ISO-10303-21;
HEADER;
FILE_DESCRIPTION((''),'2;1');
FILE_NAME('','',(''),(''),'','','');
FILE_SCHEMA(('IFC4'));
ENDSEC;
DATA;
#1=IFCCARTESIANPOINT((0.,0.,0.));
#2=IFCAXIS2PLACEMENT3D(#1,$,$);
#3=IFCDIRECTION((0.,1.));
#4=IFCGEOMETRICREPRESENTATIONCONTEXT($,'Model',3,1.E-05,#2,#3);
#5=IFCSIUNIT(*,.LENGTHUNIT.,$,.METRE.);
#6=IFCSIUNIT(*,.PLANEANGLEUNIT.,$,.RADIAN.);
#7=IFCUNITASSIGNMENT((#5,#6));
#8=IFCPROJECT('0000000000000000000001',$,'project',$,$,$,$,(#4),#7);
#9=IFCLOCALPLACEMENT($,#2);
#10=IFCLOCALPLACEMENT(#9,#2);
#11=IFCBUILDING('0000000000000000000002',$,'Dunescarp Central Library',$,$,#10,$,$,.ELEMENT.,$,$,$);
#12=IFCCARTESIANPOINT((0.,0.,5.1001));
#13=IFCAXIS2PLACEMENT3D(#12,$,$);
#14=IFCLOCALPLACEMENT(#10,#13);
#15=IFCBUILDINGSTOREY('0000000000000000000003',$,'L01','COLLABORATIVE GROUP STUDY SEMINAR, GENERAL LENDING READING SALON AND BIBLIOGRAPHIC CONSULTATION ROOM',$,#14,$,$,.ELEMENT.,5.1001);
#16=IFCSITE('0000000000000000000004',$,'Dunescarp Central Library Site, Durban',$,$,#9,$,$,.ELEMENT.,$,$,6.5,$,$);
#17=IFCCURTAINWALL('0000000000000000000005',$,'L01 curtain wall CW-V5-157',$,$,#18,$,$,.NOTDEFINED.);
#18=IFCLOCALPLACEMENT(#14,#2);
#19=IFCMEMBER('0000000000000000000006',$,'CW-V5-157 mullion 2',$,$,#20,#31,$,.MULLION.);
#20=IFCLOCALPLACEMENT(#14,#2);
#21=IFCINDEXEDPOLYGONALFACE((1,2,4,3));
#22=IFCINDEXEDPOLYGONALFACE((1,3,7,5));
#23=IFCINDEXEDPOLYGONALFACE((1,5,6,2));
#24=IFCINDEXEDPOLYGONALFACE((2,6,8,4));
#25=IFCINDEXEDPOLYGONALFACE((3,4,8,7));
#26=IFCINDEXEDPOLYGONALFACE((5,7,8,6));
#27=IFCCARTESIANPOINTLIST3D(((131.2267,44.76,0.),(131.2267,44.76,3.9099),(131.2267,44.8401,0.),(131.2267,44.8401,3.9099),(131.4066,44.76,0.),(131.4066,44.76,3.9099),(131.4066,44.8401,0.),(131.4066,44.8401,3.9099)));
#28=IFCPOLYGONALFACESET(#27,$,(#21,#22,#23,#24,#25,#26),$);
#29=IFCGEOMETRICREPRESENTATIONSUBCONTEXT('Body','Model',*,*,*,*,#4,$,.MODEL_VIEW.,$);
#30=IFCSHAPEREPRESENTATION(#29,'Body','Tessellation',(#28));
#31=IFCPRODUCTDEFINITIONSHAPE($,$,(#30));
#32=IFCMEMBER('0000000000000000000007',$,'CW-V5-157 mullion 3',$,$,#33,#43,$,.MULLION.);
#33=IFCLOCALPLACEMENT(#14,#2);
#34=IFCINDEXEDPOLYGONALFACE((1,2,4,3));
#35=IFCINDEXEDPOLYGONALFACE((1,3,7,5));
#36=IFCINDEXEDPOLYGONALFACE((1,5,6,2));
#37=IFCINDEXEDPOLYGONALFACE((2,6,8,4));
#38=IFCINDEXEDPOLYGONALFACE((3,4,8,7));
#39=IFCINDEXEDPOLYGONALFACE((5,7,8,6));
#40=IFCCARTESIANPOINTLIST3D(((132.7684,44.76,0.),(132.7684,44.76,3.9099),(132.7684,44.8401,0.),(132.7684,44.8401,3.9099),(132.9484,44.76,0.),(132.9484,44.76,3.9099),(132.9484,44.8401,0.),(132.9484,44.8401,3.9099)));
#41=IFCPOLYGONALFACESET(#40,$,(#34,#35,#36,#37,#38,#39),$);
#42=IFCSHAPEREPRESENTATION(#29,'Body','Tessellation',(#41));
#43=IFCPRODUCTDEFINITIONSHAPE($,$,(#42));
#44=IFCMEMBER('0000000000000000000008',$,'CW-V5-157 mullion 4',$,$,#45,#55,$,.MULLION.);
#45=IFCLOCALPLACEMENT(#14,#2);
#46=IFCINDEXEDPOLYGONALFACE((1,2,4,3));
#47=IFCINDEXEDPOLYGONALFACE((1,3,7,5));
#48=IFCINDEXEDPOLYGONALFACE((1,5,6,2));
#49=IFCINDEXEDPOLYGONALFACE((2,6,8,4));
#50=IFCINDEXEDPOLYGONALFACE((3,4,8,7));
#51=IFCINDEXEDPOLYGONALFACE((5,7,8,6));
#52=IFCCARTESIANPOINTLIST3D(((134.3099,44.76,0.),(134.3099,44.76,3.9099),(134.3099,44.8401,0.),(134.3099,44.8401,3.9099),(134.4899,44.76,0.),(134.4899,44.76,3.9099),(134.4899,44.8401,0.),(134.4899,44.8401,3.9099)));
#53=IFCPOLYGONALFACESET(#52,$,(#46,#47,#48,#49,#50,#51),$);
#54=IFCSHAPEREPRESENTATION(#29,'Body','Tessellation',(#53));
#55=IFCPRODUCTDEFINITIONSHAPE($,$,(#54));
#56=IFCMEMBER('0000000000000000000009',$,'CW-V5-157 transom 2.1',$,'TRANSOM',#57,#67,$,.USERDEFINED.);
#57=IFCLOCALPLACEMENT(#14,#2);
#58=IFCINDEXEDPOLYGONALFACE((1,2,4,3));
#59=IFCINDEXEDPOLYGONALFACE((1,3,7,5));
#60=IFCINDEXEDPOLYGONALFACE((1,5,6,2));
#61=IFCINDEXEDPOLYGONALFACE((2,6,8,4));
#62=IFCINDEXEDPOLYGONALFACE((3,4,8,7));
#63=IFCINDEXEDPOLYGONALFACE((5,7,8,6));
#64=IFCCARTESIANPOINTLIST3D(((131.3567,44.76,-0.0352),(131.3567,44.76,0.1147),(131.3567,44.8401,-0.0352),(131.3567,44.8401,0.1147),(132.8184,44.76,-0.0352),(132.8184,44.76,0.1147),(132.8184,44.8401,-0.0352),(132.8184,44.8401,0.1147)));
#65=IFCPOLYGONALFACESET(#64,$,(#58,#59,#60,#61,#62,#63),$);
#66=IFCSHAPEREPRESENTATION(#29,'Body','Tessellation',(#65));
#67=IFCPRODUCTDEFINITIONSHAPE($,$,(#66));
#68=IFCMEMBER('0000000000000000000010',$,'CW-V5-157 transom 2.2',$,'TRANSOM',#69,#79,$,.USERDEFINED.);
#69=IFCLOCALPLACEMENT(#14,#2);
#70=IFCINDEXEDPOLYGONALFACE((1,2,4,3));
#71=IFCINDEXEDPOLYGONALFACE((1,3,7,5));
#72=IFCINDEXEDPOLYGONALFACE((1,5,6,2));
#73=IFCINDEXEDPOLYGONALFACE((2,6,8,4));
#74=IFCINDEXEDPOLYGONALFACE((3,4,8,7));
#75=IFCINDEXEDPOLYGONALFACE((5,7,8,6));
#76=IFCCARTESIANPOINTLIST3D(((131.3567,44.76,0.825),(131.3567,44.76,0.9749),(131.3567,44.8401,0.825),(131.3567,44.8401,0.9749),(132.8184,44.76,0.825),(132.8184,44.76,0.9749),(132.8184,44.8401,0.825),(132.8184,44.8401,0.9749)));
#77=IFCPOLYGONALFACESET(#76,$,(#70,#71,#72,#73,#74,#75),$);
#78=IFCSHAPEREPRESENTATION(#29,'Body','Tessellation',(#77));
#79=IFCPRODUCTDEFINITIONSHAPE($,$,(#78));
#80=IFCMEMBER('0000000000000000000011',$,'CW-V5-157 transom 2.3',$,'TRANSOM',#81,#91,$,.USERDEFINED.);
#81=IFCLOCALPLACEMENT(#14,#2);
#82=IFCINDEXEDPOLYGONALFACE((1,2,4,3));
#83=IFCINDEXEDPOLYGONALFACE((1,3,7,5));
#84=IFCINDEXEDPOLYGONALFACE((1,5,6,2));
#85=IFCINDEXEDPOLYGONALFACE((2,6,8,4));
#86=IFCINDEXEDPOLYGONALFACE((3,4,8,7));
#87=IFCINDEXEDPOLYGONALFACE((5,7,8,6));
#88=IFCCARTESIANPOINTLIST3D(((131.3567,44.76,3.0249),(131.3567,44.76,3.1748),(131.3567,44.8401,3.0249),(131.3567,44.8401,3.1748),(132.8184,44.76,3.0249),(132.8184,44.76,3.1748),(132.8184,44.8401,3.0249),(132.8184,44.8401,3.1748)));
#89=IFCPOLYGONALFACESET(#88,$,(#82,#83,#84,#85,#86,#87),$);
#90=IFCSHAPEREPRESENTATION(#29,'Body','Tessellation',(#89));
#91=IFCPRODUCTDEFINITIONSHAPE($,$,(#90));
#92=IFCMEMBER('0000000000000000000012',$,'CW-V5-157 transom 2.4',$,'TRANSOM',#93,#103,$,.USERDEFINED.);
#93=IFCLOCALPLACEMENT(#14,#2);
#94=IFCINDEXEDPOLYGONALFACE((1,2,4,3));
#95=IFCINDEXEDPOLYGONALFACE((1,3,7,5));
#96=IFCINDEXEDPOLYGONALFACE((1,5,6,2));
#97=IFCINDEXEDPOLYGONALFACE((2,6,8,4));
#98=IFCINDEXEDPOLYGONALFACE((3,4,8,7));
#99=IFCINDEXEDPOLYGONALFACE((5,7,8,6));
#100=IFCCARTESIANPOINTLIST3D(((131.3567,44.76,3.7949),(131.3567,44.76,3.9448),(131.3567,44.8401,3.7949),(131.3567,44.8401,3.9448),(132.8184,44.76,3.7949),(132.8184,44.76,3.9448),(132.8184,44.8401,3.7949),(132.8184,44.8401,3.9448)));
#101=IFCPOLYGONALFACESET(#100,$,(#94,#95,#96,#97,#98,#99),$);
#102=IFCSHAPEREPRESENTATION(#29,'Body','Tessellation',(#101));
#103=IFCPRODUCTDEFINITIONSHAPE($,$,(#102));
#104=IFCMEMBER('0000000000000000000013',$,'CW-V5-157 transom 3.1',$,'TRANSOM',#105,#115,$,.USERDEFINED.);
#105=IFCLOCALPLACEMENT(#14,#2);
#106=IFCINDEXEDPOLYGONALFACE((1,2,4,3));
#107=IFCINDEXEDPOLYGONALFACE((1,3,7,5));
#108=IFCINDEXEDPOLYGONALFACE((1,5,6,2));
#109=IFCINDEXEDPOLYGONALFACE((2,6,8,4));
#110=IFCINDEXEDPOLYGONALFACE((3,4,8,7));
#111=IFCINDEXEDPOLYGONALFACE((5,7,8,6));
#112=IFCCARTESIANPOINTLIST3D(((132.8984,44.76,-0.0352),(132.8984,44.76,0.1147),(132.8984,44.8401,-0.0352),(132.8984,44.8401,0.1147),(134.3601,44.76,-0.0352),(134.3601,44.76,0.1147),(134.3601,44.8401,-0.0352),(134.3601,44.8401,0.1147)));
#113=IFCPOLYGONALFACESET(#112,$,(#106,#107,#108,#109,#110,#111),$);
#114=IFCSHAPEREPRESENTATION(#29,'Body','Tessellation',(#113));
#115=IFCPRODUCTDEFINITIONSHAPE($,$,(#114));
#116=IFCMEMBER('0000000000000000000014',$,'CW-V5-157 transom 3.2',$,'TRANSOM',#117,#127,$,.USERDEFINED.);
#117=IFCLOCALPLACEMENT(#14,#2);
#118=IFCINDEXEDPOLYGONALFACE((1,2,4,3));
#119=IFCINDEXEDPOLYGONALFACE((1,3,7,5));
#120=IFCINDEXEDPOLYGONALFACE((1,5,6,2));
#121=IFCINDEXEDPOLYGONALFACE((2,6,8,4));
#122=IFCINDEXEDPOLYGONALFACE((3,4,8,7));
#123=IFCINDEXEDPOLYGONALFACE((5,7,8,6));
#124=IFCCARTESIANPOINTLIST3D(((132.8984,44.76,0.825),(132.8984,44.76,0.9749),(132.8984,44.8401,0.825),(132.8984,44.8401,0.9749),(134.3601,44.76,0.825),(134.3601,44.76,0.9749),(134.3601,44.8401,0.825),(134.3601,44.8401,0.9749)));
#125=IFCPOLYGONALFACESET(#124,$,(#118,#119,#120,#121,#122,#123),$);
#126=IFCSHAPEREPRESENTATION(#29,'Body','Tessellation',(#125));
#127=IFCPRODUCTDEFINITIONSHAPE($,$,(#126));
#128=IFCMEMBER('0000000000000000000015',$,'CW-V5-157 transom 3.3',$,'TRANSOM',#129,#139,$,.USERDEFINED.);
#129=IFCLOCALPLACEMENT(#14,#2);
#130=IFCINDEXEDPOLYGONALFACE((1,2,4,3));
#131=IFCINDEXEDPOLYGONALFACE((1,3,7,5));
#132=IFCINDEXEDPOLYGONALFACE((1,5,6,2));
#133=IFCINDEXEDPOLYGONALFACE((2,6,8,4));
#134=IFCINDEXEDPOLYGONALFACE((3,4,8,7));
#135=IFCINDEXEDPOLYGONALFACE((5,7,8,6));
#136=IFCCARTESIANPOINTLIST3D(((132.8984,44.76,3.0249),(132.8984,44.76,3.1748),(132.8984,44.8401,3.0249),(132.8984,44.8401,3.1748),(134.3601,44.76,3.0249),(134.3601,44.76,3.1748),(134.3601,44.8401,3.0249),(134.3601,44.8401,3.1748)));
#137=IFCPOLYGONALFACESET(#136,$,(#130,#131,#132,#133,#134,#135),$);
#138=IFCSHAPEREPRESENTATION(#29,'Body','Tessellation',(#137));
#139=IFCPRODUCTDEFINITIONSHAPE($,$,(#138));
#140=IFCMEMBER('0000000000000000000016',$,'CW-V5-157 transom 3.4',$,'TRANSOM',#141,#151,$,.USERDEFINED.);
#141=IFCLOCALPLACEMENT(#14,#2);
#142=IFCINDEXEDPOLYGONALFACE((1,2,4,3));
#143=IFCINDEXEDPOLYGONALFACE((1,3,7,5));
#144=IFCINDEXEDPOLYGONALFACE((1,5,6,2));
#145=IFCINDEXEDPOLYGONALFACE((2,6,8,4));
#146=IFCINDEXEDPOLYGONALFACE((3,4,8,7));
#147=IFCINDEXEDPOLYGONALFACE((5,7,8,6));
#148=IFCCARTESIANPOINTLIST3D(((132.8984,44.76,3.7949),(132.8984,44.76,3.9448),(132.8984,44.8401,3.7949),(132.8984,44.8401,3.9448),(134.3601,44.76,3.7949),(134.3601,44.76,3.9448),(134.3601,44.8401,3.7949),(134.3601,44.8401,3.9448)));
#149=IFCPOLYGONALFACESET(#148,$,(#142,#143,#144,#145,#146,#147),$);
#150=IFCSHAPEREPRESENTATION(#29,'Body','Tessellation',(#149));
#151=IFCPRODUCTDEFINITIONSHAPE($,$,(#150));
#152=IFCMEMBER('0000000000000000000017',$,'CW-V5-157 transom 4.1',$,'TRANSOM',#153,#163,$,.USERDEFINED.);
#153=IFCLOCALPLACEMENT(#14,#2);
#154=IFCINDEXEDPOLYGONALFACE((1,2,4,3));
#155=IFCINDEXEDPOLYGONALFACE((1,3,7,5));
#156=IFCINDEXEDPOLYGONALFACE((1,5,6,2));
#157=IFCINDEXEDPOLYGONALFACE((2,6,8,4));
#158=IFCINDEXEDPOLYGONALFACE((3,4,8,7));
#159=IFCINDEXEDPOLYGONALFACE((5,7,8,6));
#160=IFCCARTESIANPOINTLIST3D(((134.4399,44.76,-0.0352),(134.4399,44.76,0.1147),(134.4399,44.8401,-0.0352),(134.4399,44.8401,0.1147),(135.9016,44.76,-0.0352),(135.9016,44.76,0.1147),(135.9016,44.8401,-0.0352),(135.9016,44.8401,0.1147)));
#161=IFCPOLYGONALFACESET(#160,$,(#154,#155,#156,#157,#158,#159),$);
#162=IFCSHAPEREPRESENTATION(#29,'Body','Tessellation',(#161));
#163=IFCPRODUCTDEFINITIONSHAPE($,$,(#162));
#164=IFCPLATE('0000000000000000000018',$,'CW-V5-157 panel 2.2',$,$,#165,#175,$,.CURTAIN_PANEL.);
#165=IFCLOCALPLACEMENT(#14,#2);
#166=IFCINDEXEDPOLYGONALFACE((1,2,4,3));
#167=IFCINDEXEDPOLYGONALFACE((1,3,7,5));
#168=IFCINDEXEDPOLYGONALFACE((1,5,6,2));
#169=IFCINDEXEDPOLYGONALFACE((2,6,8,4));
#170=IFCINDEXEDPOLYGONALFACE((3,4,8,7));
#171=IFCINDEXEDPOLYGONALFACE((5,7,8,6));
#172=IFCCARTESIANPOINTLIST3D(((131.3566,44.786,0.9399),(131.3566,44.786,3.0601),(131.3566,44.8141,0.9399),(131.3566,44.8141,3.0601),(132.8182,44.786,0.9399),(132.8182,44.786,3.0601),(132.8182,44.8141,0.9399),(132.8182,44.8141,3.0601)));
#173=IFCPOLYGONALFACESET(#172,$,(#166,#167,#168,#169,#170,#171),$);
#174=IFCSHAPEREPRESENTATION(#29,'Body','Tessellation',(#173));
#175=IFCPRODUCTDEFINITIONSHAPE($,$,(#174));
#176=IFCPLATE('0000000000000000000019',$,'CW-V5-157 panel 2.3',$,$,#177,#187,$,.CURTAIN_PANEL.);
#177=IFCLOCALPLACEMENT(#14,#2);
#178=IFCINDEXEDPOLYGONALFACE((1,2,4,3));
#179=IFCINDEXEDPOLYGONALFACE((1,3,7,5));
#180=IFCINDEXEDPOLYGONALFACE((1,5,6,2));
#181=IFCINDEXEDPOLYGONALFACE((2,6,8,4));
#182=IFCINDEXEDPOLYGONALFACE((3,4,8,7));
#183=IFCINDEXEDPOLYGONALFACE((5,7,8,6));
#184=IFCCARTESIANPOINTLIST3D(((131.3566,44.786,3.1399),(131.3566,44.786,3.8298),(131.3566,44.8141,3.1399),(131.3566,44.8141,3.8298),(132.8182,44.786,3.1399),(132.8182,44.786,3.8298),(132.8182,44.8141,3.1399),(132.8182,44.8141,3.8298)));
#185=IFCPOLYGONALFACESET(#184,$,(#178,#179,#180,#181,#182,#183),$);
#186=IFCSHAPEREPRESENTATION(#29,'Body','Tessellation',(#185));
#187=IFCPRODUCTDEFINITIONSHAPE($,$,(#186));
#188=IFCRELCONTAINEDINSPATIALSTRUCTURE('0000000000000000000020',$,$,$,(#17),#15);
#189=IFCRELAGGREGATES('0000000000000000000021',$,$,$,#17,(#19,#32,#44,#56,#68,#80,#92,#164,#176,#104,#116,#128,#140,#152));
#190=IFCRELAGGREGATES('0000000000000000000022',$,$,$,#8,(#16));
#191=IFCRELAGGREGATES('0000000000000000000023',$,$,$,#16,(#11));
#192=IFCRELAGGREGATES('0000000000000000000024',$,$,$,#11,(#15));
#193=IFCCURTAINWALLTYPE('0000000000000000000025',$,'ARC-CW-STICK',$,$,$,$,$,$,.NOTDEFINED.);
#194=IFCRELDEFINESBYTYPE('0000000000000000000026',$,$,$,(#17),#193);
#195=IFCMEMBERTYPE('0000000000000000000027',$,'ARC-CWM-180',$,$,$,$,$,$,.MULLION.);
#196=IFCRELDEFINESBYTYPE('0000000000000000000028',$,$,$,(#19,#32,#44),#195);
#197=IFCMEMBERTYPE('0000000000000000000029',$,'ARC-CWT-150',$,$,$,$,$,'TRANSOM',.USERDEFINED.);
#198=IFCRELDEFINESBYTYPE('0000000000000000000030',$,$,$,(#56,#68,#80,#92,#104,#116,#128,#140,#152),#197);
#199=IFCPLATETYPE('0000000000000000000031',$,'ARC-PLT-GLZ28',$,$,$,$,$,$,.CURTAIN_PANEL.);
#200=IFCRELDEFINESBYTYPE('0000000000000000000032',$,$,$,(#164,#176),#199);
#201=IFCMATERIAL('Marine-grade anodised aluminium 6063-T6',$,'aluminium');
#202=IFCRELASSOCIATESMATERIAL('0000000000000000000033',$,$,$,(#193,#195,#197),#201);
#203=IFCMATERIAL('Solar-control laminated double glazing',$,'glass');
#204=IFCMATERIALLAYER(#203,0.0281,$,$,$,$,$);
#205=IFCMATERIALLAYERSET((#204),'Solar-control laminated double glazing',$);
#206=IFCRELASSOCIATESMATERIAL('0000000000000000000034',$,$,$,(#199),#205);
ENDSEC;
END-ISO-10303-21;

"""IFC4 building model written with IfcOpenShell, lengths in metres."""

from ifc_helpers import new_model, si_unit, direction, frame, origin, origin_2d, place, context, subcontext, project, spatial, rectangle, extrude, material, layer, layer_set, material_profile, profile_set, type_object, element, aggregate, save


model = new_model("IFC4")

# Units and contexts
model_context = context("Model", 3, precision=1e-05, world=origin(), true_north=direction((0.0, 1.0)))
body_context = subcontext(model_context, "Body", "Model", "MODEL_VIEW")
ifc_project = project(units=[si_unit("LENGTHUNIT", "METRE"), si_unit("PLANEANGLEUNIT", "RADIAN")], contexts=[model_context])

# Site, building, storey
site_placement = place(None, origin())
site = spatial("IfcSite", under=ifc_project, at=site_placement, Name="Dunescarp Central Library Site, Durban", CompositionType="ELEMENT", RefElevation=6.5)
building_placement = place(site_placement, origin())
building = spatial("IfcBuilding", under=site, at=building_placement, Name="Dunescarp Central Library", CompositionType="ELEMENT")
storey_placement = place(building_placement, frame((0.0, 0.0, 5.1001)))
storey = spatial("IfcBuildingStorey", under=building, at=storey_placement, Name="L01", Description="COLLABORATIVE GROUP STUDY SEMINAR, GENERAL LENDING READING SALON AND BIBLIOGRAPHIC CONSULTATION ROOM", CompositionType="ELEMENT", Elevation=5.1001)

# Curtain wall, members, plates
ifc_material_1 = material(Name="Marine-grade anodised aluminium 6063-T6", Category="aluminium")
curtain_wall_type = type_object("IfcCurtainWallType", Name="ARC-CW-STICK", PredefinedType="NOTDEFINED", material=ifc_material_1)
curtain_wall_placement = place(storey_placement, origin())
curtain_wall = element("IfcCurtainWall", 1, at=curtain_wall_placement, inside=storey, type_object=curtain_wall_type, Name="L01 curtain wall CW-V5-157", PredefinedType="NOTDEFINED")
ifc_material_profile_1 = material_profile(ifc_material_1, rectangle(XDim=0.0801, YDim=0.1799, at=origin_2d()), Name="AL 80x180")
ifc_profile_set_1 = profile_set([ifc_material_profile_1], Name="Marine-grade anodised aluminium 6063-T6")
member_type_1 = type_object("IfcMemberType", Name="ARC-CWM-180", PredefinedType="MULLION", material=ifc_profile_set_1)
member_1_placement = place(storey_placement, frame((131.3167, 44.8, 0.0), z_axis=(0.0, 0.0, 1.0), x_axis=(0.0, 1.0, 0.0)))
member_1 = element("IfcMember", 2, at=member_1_placement, type_object=member_type_1, Name="CW-V5-157 mullion 2", PredefinedType="MULLION", context=body_context, shape_type="SweptSolid", body=[
    extrude(rectangle(XDim=0.0801, YDim=0.1799, at=origin_2d()), origin(), (0.0, 0.0, 1.0), 3.9099),
])
member_2_placement = place(storey_placement, frame((132.8584, 44.8, 0.0), z_axis=(0.0, 0.0, 1.0), x_axis=(0.0, 1.0, 0.0)))
member_2 = element("IfcMember", 3, at=member_2_placement, type_object=member_type_1, Name="CW-V5-157 mullion 3", PredefinedType="MULLION", context=body_context, shape_type="SweptSolid", body=[
    extrude(rectangle(XDim=0.0801, YDim=0.1799, at=origin_2d()), origin(), (0.0, 0.0, 1.0), 3.9099),
])
member_3_placement = place(storey_placement, frame((134.3999, 44.8, 0.0), z_axis=(0.0, 0.0, 1.0), x_axis=(0.0, 1.0, 0.0)))
member_3 = element("IfcMember", 4, at=member_3_placement, type_object=member_type_1, Name="CW-V5-157 mullion 4", PredefinedType="MULLION", context=body_context, shape_type="SweptSolid", body=[
    extrude(rectangle(XDim=0.0801, YDim=0.1799, at=origin_2d()), origin(), (0.0, 0.0, 1.0), 3.9099),
])
ifc_material_profile_2 = material_profile(ifc_material_1, rectangle(XDim=0.0801, YDim=0.1499, at=origin_2d()), Name="AL 80x150")
ifc_profile_set_2 = profile_set([ifc_material_profile_2], Name="Marine-grade anodised aluminium 6063-T6")
member_type_2 = type_object("IfcMemberType", Name="ARC-CWT-150", ElementType="TRANSOM", PredefinedType="USERDEFINED", material=ifc_profile_set_2)
member_4_placement = place(storey_placement, frame((131.3567, 44.8, 0.0398), z_axis=(1.0, 0.0, 0.0), x_axis=(0.0, 1.0, 0.0)))
member_4 = element("IfcMember", 5, at=member_4_placement, type_object=member_type_2, Name="CW-V5-157 transom 2.1", ObjectType="TRANSOM", PredefinedType="USERDEFINED", context=body_context, shape_type="SweptSolid", body=[
    extrude(rectangle(XDim=0.0801, YDim=0.1499, at=origin_2d()), origin(), (0.0, 0.0, 1.0), 1.4617),
])
member_5_placement = place(storey_placement, frame((131.3567, 44.8, 0.8999), z_axis=(1.0, 0.0, 0.0), x_axis=(0.0, 1.0, 0.0)))
member_5 = element("IfcMember", 6, at=member_5_placement, type_object=member_type_2, Name="CW-V5-157 transom 2.2", ObjectType="TRANSOM", PredefinedType="USERDEFINED", context=body_context, shape_type="SweptSolid", body=[
    extrude(rectangle(XDim=0.0801, YDim=0.1499, at=origin_2d()), origin(), (0.0, 0.0, 1.0), 1.4617),
])
member_6_placement = place(storey_placement, frame((131.3567, 44.8, 3.0999), z_axis=(1.0, 0.0, 0.0), x_axis=(0.0, 1.0, 0.0)))
member_6 = element("IfcMember", 7, at=member_6_placement, type_object=member_type_2, Name="CW-V5-157 transom 2.3", ObjectType="TRANSOM", PredefinedType="USERDEFINED", context=body_context, shape_type="SweptSolid", body=[
    extrude(rectangle(XDim=0.0801, YDim=0.1499, at=origin_2d()), origin(), (0.0, 0.0, 1.0), 1.4617),
])
member_7_placement = place(storey_placement, frame((131.3567, 44.8, 3.8699), z_axis=(1.0, 0.0, 0.0), x_axis=(0.0, 1.0, 0.0)))
member_7 = element("IfcMember", 8, at=member_7_placement, type_object=member_type_2, Name="CW-V5-157 transom 2.4", ObjectType="TRANSOM", PredefinedType="USERDEFINED", context=body_context, shape_type="SweptSolid", body=[
    extrude(rectangle(XDim=0.0801, YDim=0.1499, at=origin_2d()), origin(), (0.0, 0.0, 1.0), 1.4617),
])
member_8_placement = place(storey_placement, frame((132.8984, 44.8, 0.0398), z_axis=(1.0, 0.0, 0.0), x_axis=(0.0, 1.0, 0.0)))
member_8 = element("IfcMember", 9, at=member_8_placement, type_object=member_type_2, Name="CW-V5-157 transom 3.1", ObjectType="TRANSOM", PredefinedType="USERDEFINED", context=body_context, shape_type="SweptSolid", body=[
    extrude(rectangle(XDim=0.0801, YDim=0.1499, at=origin_2d()), origin(), (0.0, 0.0, 1.0), 1.4617),
])
member_9_placement = place(storey_placement, frame((132.8984, 44.8, 0.8999), z_axis=(1.0, 0.0, 0.0), x_axis=(0.0, 1.0, 0.0)))
member_9 = element("IfcMember", 10, at=member_9_placement, type_object=member_type_2, Name="CW-V5-157 transom 3.2", ObjectType="TRANSOM", PredefinedType="USERDEFINED", context=body_context, shape_type="SweptSolid", body=[
    extrude(rectangle(XDim=0.0801, YDim=0.1499, at=origin_2d()), origin(), (0.0, 0.0, 1.0), 1.4617),
])
member_10_placement = place(storey_placement, frame((132.8984, 44.8, 3.0999), z_axis=(1.0, 0.0, 0.0), x_axis=(0.0, 1.0, 0.0)))
member_10 = element("IfcMember", 11, at=member_10_placement, type_object=member_type_2, Name="CW-V5-157 transom 3.3", ObjectType="TRANSOM", PredefinedType="USERDEFINED", context=body_context, shape_type="SweptSolid", body=[
    extrude(rectangle(XDim=0.0801, YDim=0.1499, at=origin_2d()), origin(), (0.0, 0.0, 1.0), 1.4617),
])
member_11_placement = place(storey_placement, frame((132.8984, 44.8, 3.8699), z_axis=(1.0, 0.0, 0.0), x_axis=(0.0, 1.0, 0.0)))
member_11 = element("IfcMember", 12, at=member_11_placement, type_object=member_type_2, Name="CW-V5-157 transom 3.4", ObjectType="TRANSOM", PredefinedType="USERDEFINED", context=body_context, shape_type="SweptSolid", body=[
    extrude(rectangle(XDim=0.0801, YDim=0.1499, at=origin_2d()), origin(), (0.0, 0.0, 1.0), 1.4617),
])
member_12_placement = place(storey_placement, frame((134.4399, 44.8, 0.0398), z_axis=(1.0, 0.0, 0.0), x_axis=(0.0, 1.0, 0.0)))
member_12 = element("IfcMember", 13, at=member_12_placement, type_object=member_type_2, Name="CW-V5-157 transom 4.1", ObjectType="TRANSOM", PredefinedType="USERDEFINED", context=body_context, shape_type="SweptSolid", body=[
    extrude(rectangle(XDim=0.0801, YDim=0.1499, at=origin_2d()), origin(), (0.0, 0.0, 1.0), 1.4617),
])
ifc_material_2 = material(Name="Solar-control laminated double glazing", Category="glass")
ifc_layer_1 = layer(ifc_material_2, 0.0281)
ifc_layer_set_1 = layer_set([ifc_layer_1], Name="Solar-control laminated double glazing")
plate_type_1 = type_object("IfcPlateType", Name="ARC-PLT-GLZ28", PredefinedType="CURTAIN_PANEL", material=ifc_layer_set_1)
plate_1_placement = place(storey_placement, frame((132.0874, 44.8, 0.9399), z_axis=(0.0, 0.0, 1.0), x_axis=(1.0, 0.0, 0.0)))
plate_1 = element("IfcPlate", 14, at=plate_1_placement, type_object=plate_type_1, Name="CW-V5-157 panel 2.2", PredefinedType="CURTAIN_PANEL", context=body_context, shape_type="SweptSolid", body=[
    extrude(rectangle(XDim=1.4617, YDim=0.0281, at=origin_2d()), origin(), (0.0, 0.0, 1.0), 2.1201),
])
plate_2_placement = place(storey_placement, frame((132.0874, 44.8, 3.1399), z_axis=(0.0, 0.0, 1.0), x_axis=(1.0, 0.0, 0.0)))
plate_2 = element("IfcPlate", 15, at=plate_2_placement, type_object=plate_type_1, Name="CW-V5-157 panel 2.3", PredefinedType="CURTAIN_PANEL", context=body_context, shape_type="SweptSolid", body=[
    extrude(rectangle(XDim=1.4617, YDim=0.0281, at=origin_2d()), origin(), (0.0, 0.0, 1.0), 0.6899),
])
aggregate(curtain_wall, [member_1, member_2, member_3, member_4, member_5, member_6, member_7, plate_1, plate_2, member_8, member_9, member_10, member_11, member_12])

save(model, "model.ifc")
